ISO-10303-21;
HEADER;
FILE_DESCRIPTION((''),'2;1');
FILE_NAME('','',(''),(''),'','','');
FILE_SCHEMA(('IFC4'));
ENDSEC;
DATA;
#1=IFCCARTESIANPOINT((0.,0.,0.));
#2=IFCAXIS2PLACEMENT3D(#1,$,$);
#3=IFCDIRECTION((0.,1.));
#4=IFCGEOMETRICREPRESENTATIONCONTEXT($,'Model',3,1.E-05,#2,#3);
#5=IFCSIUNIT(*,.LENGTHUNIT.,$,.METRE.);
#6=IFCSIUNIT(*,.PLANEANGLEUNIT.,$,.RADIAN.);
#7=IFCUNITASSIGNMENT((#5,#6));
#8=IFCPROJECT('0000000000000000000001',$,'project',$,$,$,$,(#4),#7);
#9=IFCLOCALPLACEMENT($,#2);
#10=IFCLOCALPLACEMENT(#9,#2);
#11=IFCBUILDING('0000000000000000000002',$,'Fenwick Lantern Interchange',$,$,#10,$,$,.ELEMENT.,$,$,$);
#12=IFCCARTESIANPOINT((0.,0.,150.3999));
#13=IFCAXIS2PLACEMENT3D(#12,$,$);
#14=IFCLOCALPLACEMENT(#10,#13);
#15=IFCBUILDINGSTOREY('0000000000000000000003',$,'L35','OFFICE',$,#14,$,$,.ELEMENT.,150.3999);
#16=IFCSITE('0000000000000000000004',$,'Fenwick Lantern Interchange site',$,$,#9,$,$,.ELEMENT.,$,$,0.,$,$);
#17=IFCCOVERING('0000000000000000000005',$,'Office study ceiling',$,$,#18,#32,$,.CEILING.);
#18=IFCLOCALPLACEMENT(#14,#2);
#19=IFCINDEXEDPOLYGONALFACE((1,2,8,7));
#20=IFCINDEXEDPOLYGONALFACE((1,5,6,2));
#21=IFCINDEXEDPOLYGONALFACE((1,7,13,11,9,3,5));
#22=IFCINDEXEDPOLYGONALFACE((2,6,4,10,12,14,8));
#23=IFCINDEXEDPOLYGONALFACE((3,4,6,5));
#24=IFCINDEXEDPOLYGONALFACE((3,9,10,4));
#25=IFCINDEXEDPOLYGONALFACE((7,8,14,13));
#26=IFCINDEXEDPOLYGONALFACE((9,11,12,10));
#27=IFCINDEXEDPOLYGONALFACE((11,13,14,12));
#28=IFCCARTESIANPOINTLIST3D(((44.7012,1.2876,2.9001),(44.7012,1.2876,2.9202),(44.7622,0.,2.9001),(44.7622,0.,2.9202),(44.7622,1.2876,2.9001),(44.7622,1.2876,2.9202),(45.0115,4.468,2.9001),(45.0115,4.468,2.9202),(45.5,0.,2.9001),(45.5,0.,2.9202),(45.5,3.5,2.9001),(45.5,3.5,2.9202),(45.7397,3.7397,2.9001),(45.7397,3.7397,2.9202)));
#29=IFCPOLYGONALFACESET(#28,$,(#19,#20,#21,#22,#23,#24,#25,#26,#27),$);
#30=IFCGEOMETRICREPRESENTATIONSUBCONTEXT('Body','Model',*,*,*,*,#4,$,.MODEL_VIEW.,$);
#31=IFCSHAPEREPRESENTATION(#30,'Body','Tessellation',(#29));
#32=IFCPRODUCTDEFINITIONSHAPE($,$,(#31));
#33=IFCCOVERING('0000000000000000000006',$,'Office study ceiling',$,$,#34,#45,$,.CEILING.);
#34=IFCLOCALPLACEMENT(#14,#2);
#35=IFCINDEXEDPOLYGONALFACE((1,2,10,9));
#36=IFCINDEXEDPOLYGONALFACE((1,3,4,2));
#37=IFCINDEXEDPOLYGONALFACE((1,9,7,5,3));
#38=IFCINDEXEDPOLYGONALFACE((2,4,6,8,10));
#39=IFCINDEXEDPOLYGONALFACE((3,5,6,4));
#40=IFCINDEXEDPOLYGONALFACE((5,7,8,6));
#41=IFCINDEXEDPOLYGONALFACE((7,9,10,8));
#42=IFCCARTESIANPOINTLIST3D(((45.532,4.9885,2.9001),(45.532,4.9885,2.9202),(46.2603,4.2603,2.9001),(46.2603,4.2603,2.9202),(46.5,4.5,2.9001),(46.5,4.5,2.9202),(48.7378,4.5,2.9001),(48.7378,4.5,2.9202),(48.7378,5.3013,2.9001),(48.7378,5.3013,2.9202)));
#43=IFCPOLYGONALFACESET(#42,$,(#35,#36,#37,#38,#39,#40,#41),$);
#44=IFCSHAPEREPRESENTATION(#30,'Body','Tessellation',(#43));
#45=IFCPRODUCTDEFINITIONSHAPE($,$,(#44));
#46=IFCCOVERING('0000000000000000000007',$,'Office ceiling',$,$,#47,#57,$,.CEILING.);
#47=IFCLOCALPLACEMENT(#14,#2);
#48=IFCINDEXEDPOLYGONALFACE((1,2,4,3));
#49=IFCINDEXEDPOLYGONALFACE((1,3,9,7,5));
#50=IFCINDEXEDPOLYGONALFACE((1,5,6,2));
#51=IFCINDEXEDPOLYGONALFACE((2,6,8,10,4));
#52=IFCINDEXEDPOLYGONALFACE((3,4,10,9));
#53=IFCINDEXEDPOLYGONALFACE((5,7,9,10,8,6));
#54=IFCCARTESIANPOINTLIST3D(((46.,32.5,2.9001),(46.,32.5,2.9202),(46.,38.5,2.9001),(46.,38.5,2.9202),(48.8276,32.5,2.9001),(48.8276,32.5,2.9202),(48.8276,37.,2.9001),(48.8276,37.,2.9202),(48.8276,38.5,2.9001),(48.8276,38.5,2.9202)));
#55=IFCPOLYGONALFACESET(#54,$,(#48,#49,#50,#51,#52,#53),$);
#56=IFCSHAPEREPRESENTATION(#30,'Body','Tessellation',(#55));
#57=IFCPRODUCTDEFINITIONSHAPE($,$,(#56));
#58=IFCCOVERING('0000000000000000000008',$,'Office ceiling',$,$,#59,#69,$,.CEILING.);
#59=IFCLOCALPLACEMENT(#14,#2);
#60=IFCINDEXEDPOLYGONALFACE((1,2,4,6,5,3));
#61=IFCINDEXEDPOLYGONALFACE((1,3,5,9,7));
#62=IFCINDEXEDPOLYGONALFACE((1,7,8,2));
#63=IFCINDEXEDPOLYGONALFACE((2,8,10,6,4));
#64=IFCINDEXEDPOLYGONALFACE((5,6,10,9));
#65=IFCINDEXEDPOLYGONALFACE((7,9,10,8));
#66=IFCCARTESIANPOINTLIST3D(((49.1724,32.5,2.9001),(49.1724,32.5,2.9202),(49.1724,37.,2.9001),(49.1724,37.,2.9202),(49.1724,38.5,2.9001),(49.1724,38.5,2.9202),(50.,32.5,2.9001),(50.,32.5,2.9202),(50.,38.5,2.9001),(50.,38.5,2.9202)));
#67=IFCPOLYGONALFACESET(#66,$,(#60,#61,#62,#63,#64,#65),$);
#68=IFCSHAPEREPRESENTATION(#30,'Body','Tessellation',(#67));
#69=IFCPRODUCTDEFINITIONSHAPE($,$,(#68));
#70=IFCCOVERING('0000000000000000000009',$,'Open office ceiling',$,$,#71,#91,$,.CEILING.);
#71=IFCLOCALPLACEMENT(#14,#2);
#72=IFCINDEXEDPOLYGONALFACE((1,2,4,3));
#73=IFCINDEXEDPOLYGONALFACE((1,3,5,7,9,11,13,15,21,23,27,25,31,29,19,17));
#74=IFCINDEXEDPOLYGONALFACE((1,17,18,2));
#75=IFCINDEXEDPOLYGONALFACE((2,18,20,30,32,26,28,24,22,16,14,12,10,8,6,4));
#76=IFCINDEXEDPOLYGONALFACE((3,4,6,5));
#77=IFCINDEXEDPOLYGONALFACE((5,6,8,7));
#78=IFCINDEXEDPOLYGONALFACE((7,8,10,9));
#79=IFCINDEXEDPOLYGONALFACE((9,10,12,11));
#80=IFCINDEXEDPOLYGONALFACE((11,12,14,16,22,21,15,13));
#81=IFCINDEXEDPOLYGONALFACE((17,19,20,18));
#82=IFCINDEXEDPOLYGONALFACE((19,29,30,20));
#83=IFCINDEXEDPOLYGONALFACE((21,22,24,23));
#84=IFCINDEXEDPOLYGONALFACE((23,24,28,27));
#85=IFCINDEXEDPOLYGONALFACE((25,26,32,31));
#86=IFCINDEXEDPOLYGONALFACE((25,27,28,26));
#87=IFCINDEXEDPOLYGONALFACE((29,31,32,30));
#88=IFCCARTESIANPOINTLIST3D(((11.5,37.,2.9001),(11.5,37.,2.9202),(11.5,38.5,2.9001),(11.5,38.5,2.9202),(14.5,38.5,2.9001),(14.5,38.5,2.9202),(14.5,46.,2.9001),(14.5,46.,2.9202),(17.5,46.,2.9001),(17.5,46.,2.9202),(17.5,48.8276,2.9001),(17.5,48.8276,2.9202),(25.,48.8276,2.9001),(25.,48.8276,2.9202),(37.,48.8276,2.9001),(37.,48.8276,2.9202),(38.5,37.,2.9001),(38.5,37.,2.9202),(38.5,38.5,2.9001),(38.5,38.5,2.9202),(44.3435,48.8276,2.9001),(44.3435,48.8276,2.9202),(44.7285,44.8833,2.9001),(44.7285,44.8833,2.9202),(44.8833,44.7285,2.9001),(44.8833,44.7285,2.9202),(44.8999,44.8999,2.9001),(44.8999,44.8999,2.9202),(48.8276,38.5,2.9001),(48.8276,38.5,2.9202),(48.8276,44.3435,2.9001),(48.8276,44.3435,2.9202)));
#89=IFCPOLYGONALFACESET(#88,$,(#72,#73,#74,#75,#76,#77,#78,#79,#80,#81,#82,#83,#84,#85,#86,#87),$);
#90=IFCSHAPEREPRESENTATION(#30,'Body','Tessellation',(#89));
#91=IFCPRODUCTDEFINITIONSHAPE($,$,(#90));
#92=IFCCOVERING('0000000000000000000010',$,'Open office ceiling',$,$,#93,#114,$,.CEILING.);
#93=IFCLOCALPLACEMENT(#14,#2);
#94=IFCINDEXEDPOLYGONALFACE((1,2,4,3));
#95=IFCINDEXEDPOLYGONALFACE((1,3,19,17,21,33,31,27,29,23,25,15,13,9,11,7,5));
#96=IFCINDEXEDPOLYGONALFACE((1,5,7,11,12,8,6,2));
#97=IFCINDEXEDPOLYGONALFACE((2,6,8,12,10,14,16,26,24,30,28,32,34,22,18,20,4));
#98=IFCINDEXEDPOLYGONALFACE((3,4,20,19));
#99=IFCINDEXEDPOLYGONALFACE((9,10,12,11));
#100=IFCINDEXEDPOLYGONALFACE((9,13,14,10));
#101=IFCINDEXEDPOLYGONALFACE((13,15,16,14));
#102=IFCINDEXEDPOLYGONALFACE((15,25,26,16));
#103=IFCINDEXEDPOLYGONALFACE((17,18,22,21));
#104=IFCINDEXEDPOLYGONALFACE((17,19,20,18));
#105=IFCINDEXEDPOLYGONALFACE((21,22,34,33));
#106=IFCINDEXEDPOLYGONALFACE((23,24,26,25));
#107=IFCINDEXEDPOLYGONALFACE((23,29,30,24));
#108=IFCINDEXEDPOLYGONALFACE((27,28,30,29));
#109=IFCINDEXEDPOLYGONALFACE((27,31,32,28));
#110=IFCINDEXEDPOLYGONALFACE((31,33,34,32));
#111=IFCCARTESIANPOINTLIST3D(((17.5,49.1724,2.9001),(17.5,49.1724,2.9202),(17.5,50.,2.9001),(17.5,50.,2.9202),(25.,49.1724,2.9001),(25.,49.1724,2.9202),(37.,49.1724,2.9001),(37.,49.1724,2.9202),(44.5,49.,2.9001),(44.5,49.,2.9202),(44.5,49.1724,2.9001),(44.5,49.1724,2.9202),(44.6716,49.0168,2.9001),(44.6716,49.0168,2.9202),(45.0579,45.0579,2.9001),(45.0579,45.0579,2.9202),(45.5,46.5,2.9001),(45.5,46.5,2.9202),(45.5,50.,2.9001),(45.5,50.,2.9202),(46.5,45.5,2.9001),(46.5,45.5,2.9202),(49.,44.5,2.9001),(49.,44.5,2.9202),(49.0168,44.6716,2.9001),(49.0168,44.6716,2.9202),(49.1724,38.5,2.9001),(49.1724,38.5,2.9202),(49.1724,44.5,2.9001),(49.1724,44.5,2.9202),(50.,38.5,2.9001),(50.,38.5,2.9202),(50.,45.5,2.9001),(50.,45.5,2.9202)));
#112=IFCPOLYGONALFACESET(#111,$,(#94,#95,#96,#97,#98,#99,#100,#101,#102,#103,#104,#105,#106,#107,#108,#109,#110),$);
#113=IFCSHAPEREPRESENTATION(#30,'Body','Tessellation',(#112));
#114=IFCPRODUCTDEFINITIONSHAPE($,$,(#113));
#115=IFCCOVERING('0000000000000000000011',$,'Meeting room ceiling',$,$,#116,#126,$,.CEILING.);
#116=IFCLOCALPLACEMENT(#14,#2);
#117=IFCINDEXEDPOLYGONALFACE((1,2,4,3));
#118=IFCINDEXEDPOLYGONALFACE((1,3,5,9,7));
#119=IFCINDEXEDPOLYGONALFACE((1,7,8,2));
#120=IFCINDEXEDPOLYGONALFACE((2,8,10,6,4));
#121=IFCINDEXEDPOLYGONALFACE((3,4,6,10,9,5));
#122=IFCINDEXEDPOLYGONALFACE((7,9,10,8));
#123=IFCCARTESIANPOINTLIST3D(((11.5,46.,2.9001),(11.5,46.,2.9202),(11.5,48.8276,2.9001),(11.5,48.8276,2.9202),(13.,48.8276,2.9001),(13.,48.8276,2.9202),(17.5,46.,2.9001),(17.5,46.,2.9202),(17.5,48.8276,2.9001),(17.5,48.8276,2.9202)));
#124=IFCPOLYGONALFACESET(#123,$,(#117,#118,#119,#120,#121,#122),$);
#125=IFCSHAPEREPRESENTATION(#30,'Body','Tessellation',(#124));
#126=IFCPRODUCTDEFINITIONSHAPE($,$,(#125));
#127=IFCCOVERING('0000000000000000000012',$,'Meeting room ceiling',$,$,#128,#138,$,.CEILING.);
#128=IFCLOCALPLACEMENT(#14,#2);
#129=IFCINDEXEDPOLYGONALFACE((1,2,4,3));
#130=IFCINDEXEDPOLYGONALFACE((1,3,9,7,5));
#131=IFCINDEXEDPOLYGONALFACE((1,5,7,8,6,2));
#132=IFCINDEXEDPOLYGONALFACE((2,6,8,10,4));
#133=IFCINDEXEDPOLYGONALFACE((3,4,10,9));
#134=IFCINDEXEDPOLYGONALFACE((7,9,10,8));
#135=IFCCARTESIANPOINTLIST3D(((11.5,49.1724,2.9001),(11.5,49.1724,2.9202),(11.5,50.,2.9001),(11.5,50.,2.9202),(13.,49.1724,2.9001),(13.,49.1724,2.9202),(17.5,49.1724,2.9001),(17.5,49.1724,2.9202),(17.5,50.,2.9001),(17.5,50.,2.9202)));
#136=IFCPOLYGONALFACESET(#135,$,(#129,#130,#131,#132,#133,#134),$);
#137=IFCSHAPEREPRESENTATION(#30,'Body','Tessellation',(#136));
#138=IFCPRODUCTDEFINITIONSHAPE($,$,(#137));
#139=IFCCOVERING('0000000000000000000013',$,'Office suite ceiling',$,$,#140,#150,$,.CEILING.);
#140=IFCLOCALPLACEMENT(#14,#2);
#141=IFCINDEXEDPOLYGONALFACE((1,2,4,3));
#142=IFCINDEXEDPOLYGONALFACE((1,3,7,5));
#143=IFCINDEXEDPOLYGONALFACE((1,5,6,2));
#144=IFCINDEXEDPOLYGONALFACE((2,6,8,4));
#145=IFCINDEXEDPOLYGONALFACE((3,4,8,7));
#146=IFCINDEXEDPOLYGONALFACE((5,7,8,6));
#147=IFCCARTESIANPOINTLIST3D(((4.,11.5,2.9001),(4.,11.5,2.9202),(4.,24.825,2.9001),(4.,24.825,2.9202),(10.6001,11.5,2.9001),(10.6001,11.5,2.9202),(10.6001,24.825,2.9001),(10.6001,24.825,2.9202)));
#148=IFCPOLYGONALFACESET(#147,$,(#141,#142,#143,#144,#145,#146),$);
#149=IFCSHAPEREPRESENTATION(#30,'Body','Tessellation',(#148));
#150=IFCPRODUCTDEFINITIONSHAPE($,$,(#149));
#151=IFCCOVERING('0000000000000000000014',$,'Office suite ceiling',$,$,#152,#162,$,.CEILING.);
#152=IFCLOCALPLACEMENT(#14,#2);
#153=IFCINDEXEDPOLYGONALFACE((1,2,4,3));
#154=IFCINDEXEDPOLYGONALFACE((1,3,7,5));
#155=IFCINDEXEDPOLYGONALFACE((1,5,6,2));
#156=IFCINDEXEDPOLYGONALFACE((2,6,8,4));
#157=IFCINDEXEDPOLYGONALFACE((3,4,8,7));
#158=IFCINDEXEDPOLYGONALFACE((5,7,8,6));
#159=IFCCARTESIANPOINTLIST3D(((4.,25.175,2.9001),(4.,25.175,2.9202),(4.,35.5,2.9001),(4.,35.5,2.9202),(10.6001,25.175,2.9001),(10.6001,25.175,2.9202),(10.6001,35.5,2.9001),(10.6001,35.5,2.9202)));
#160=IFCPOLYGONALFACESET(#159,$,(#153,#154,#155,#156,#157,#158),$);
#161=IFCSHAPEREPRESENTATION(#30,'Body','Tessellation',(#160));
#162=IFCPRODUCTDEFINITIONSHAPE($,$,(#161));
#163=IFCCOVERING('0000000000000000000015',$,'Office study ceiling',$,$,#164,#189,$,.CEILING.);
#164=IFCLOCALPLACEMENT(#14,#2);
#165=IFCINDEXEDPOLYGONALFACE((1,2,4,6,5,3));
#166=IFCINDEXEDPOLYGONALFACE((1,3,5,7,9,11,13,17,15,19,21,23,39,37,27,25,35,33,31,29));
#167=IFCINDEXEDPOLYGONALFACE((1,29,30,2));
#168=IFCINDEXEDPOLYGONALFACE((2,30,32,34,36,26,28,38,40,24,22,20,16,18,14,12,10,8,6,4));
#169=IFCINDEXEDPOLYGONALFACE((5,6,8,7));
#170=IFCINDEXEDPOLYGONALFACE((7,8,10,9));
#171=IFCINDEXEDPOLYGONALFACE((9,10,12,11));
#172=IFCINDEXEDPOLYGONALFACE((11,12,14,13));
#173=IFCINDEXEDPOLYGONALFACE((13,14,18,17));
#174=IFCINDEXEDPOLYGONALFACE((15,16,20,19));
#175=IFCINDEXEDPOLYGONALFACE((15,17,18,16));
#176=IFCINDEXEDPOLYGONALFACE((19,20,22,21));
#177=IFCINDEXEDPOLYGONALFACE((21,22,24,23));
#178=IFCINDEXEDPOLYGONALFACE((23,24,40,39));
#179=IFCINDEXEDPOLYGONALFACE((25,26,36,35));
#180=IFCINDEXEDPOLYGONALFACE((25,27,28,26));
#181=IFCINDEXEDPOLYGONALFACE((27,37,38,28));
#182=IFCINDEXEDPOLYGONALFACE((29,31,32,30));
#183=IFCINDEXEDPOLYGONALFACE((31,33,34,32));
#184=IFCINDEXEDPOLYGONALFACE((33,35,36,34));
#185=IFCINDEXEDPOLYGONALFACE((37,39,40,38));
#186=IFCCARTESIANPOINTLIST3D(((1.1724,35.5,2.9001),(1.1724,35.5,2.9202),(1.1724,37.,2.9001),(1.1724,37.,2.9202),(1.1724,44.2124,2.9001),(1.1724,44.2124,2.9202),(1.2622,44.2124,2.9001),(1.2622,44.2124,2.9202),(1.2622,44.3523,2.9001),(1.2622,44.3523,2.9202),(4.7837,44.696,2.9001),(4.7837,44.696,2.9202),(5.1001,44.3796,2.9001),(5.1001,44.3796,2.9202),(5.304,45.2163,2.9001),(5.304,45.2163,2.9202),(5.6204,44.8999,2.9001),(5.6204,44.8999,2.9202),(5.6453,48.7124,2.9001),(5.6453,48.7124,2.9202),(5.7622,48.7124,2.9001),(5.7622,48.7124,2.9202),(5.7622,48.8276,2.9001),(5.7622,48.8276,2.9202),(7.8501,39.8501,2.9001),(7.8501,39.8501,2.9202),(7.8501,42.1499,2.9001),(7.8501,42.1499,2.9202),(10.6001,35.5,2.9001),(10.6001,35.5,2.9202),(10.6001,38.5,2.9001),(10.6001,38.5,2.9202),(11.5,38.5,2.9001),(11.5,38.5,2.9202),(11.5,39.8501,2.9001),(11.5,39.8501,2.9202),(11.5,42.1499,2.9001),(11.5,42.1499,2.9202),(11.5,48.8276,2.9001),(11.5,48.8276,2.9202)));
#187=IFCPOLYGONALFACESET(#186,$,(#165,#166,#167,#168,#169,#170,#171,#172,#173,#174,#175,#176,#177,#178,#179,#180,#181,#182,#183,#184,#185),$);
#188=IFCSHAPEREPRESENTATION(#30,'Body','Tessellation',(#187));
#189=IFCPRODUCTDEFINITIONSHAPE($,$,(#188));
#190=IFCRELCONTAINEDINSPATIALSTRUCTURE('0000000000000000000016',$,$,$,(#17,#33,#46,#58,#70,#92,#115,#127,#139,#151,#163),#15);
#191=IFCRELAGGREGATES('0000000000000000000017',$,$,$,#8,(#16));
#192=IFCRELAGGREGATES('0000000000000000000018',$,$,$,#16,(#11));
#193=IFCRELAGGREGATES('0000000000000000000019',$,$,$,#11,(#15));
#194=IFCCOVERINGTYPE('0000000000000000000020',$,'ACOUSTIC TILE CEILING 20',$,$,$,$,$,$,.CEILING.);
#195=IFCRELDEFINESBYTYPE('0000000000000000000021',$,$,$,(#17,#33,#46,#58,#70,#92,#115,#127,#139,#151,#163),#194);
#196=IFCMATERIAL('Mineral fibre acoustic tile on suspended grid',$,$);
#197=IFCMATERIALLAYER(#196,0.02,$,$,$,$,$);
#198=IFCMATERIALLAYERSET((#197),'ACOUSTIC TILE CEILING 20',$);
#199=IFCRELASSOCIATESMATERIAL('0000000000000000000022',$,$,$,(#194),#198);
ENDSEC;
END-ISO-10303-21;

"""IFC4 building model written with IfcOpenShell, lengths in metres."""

from ifc_helpers import new_model, si_unit, direction, frame, origin, place, context, subcontext, project, spatial, polyline, outline, extrude, material, layer, layer_set, type_object, element, save


model = new_model("IFC4")

# Units and contexts
model_context = context("Model", 3, precision=1e-05, world=origin(), true_north=direction((0.0, 1.0)))
body_context = subcontext(model_context, "Body", "Model", "MODEL_VIEW")
ifc_project = project(units=[si_unit("LENGTHUNIT", "METRE"), si_unit("PLANEANGLEUNIT", "RADIAN")], contexts=[model_context])

# Site, building, storey
site_placement = place(None, origin())
site = spatial("IfcSite", under=ifc_project, at=site_placement, Name="Fenwick Lantern Interchange site", CompositionType="ELEMENT", RefElevation=0.0)
building_placement = place(site_placement, origin())
building = spatial("IfcBuilding", under=site, at=building_placement, Name="Fenwick Lantern Interchange", CompositionType="ELEMENT")
storey_placement = place(building_placement, frame((0.0, 0.0, 150.3999)))
storey = spatial("IfcBuildingStorey", under=building, at=storey_placement, Name="L35", Description="OFFICE", CompositionType="ELEMENT", Elevation=150.3999)

# Coverings
ifc_material = material(Name="Mineral fibre acoustic tile on suspended grid")
ifc_layer = layer(ifc_material, 0.02)
ifc_layer_set = layer_set([ifc_layer], Name="ACOUSTIC TILE CEILING 20")
covering_type = type_object("IfcCoveringType", Name="ACOUSTIC TILE CEILING 20", PredefinedType="CEILING", material=ifc_layer_set)
covering_1_placement = place(storey_placement, frame((0.0, 0.0, 2.9001)))
element("IfcCovering", 1, at=covering_1_placement, inside=storey, type_object=covering_type, Name="Office study ceiling", PredefinedType="CEILING", context=body_context, shape_type="SweptSolid", body=[
    extrude(outline(polyline([(44.7012, 1.2876), (44.7622, 1.2876), (44.7622, 0.0), (45.5, 0.0), (45.5, 3.5), (45.7397, 3.7397), (45.0115, 4.468), (44.7012, 1.2876)])), origin(), (0.0, 0.0, 1.0), 0.02),
])
covering_2_placement = place(storey_placement, frame((0.0, 0.0, 2.9001)))
element("IfcCovering", 2, at=covering_2_placement, inside=storey, type_object=covering_type, Name="Office study ceiling", PredefinedType="CEILING", context=body_context, shape_type="SweptSolid", body=[
    extrude(outline(polyline([(48.7378, 4.5), (48.7378, 5.3013), (45.532, 4.9885), (46.2603, 4.2603), (46.5, 4.5), (48.7378, 4.5)])), origin(), (0.0, 0.0, 1.0), 0.02),
])
covering_3_placement = place(storey_placement, frame((0.0, 0.0, 2.9001)))
element("IfcCovering", 3, at=covering_3_placement, inside=storey, type_object=covering_type, Name="Office ceiling", PredefinedType="CEILING", context=body_context, shape_type="SweptSolid", body=[
    extrude(outline(polyline([(46.0, 32.5), (48.8276, 32.5), (48.8276, 37.0), (48.8276, 38.5), (46.0, 38.5), (46.0, 32.5)])), origin(), (0.0, 0.0, 1.0), 0.02),
])
covering_4_placement = place(storey_placement, frame((0.0, 0.0, 2.9001)))
element("IfcCovering", 4, at=covering_4_placement, inside=storey, type_object=covering_type, Name="Office ceiling", PredefinedType="CEILING", context=body_context, shape_type="SweptSolid", body=[
    extrude(outline(polyline([(50.0, 38.5), (49.1724, 38.5), (49.1724, 37.0), (49.1724, 32.5), (50.0, 32.5), (50.0, 38.5)])), origin(), (0.0, 0.0, 1.0), 0.02),
])
covering_5_placement = place(storey_placement, frame((0.0, 0.0, 2.9001)))
element("IfcCovering", 5, at=covering_5_placement, inside=storey, type_object=covering_type, Name="Open office ceiling", PredefinedType="CEILING", context=body_context, shape_type="SweptSolid", body=[
    extrude(outline(polyline([(38.5, 38.5), (48.8276, 38.5), (48.8276, 44.3435), (44.8833, 44.7285), (44.8999, 44.8999), (44.7285, 44.8833), (44.3435, 48.8276), (37.0, 48.8276), (25.0, 48.8276), (17.5, 48.8276), (17.5, 46.0), (14.5, 46.0), (14.5, 38.5), (11.5, 38.5), (11.5, 37.0), (38.5, 37.0), (38.5, 38.5)])), origin(), (0.0, 0.0, 1.0), 0.02),
])
covering_6_placement = place(storey_placement, frame((0.0, 0.0, 2.9001)))
element("IfcCovering", 6, at=covering_6_placement, inside=storey, type_object=covering_type, Name="Open office ceiling", PredefinedType="CEILING", context=body_context, shape_type="SweptSolid", body=[
    extrude(outline(polyline([(45.5, 46.5), (45.5, 50.0), (17.5, 50.0), (17.5, 49.1724), (25.0, 49.1724), (37.0, 49.1724), (44.5, 49.1724), (44.5, 49.0), (44.6716, 49.0168), (45.0579, 45.0579), (49.0168, 44.6716), (49.0, 44.5), (49.1724, 44.5), (49.1724, 38.5), (50.0, 38.5), (50.0, 45.5), (46.5, 45.5), (45.5, 46.5)])), origin(), (0.0, 0.0, 1.0), 0.02),
])
covering_7_placement = place(storey_placement, frame((0.0, 0.0, 2.9001)))
element("IfcCovering", 7, at=covering_7_placement, inside=storey, type_object=covering_type, Name="Meeting room ceiling", PredefinedType="CEILING", context=body_context, shape_type="SweptSolid", body=[
    extrude(outline(polyline([(17.5, 46.0), (17.5, 48.8276), (13.0, 48.8276), (11.5, 48.8276), (11.5, 46.0), (17.5, 46.0)])), origin(), (0.0, 0.0, 1.0), 0.02),
])
covering_8_placement = place(storey_placement, frame((0.0, 0.0, 2.9001)))
element("IfcCovering", 8, at=covering_8_placement, inside=storey, type_object=covering_type, Name="Meeting room ceiling", PredefinedType="CEILING", context=body_context, shape_type="SweptSolid", body=[
    extrude(outline(polyline([(11.5, 50.0), (11.5, 49.1724), (13.0, 49.1724), (17.5, 49.1724), (17.5, 50.0), (11.5, 50.0)])), origin(), (0.0, 0.0, 1.0), 0.02),
])
covering_9_placement = place(storey_placement, frame((0.0, 0.0, 2.9001)))
element("IfcCovering", 9, at=covering_9_placement, inside=storey, type_object=covering_type, Name="Office suite ceiling", PredefinedType="CEILING", context=body_context, shape_type="SweptSolid", body=[
    extrude(outline(polyline([(10.6001, 11.5), (10.6001, 24.825), (4.0, 24.825), (4.0, 11.5), (10.6001, 11.5)])), origin(), (0.0, 0.0, 1.0), 0.02),
])
covering_10_placement = place(storey_placement, frame((0.0, 0.0, 2.9001)))
element("IfcCovering", 10, at=covering_10_placement, inside=storey, type_object=covering_type, Name="Office suite ceiling", PredefinedType="CEILING", context=body_context, shape_type="SweptSolid", body=[
    extrude(outline(polyline([(10.6001, 25.175), (10.6001, 35.5), (4.0, 35.5), (4.0, 25.175), (10.6001, 25.175)])), origin(), (0.0, 0.0, 1.0), 0.02),
])
covering_11_placement = place(storey_placement, frame((0.0, 0.0, 2.9001)))
element("IfcCovering", 11, at=covering_11_placement, inside=storey, type_object=covering_type, Name="Office study ceiling", PredefinedType="CEILING", context=body_context, shape_type="SweptSolid", body=[
    extrude(outline(polyline([(5.7622, 48.7124), (5.6453, 48.7124), (5.304, 45.2163), (5.6204, 44.8999), (5.1001, 44.3796), (4.7837, 44.696), (1.2622, 44.3523), (1.2622, 44.2124), (1.1724, 44.2124), (1.1724, 37.0), (1.1724, 35.5), (10.6001, 35.5), (10.6001, 38.5), (11.5, 38.5), (11.5, 39.8501), (7.8501, 39.8501), (7.8501, 42.1499), (11.5, 42.1499), (11.5, 48.8276), (5.7622, 48.8276), (5.7622, 48.7124)])), origin(), (0.0, 0.0, 1.0), 0.02),
])

save(model, "model.ifc")
